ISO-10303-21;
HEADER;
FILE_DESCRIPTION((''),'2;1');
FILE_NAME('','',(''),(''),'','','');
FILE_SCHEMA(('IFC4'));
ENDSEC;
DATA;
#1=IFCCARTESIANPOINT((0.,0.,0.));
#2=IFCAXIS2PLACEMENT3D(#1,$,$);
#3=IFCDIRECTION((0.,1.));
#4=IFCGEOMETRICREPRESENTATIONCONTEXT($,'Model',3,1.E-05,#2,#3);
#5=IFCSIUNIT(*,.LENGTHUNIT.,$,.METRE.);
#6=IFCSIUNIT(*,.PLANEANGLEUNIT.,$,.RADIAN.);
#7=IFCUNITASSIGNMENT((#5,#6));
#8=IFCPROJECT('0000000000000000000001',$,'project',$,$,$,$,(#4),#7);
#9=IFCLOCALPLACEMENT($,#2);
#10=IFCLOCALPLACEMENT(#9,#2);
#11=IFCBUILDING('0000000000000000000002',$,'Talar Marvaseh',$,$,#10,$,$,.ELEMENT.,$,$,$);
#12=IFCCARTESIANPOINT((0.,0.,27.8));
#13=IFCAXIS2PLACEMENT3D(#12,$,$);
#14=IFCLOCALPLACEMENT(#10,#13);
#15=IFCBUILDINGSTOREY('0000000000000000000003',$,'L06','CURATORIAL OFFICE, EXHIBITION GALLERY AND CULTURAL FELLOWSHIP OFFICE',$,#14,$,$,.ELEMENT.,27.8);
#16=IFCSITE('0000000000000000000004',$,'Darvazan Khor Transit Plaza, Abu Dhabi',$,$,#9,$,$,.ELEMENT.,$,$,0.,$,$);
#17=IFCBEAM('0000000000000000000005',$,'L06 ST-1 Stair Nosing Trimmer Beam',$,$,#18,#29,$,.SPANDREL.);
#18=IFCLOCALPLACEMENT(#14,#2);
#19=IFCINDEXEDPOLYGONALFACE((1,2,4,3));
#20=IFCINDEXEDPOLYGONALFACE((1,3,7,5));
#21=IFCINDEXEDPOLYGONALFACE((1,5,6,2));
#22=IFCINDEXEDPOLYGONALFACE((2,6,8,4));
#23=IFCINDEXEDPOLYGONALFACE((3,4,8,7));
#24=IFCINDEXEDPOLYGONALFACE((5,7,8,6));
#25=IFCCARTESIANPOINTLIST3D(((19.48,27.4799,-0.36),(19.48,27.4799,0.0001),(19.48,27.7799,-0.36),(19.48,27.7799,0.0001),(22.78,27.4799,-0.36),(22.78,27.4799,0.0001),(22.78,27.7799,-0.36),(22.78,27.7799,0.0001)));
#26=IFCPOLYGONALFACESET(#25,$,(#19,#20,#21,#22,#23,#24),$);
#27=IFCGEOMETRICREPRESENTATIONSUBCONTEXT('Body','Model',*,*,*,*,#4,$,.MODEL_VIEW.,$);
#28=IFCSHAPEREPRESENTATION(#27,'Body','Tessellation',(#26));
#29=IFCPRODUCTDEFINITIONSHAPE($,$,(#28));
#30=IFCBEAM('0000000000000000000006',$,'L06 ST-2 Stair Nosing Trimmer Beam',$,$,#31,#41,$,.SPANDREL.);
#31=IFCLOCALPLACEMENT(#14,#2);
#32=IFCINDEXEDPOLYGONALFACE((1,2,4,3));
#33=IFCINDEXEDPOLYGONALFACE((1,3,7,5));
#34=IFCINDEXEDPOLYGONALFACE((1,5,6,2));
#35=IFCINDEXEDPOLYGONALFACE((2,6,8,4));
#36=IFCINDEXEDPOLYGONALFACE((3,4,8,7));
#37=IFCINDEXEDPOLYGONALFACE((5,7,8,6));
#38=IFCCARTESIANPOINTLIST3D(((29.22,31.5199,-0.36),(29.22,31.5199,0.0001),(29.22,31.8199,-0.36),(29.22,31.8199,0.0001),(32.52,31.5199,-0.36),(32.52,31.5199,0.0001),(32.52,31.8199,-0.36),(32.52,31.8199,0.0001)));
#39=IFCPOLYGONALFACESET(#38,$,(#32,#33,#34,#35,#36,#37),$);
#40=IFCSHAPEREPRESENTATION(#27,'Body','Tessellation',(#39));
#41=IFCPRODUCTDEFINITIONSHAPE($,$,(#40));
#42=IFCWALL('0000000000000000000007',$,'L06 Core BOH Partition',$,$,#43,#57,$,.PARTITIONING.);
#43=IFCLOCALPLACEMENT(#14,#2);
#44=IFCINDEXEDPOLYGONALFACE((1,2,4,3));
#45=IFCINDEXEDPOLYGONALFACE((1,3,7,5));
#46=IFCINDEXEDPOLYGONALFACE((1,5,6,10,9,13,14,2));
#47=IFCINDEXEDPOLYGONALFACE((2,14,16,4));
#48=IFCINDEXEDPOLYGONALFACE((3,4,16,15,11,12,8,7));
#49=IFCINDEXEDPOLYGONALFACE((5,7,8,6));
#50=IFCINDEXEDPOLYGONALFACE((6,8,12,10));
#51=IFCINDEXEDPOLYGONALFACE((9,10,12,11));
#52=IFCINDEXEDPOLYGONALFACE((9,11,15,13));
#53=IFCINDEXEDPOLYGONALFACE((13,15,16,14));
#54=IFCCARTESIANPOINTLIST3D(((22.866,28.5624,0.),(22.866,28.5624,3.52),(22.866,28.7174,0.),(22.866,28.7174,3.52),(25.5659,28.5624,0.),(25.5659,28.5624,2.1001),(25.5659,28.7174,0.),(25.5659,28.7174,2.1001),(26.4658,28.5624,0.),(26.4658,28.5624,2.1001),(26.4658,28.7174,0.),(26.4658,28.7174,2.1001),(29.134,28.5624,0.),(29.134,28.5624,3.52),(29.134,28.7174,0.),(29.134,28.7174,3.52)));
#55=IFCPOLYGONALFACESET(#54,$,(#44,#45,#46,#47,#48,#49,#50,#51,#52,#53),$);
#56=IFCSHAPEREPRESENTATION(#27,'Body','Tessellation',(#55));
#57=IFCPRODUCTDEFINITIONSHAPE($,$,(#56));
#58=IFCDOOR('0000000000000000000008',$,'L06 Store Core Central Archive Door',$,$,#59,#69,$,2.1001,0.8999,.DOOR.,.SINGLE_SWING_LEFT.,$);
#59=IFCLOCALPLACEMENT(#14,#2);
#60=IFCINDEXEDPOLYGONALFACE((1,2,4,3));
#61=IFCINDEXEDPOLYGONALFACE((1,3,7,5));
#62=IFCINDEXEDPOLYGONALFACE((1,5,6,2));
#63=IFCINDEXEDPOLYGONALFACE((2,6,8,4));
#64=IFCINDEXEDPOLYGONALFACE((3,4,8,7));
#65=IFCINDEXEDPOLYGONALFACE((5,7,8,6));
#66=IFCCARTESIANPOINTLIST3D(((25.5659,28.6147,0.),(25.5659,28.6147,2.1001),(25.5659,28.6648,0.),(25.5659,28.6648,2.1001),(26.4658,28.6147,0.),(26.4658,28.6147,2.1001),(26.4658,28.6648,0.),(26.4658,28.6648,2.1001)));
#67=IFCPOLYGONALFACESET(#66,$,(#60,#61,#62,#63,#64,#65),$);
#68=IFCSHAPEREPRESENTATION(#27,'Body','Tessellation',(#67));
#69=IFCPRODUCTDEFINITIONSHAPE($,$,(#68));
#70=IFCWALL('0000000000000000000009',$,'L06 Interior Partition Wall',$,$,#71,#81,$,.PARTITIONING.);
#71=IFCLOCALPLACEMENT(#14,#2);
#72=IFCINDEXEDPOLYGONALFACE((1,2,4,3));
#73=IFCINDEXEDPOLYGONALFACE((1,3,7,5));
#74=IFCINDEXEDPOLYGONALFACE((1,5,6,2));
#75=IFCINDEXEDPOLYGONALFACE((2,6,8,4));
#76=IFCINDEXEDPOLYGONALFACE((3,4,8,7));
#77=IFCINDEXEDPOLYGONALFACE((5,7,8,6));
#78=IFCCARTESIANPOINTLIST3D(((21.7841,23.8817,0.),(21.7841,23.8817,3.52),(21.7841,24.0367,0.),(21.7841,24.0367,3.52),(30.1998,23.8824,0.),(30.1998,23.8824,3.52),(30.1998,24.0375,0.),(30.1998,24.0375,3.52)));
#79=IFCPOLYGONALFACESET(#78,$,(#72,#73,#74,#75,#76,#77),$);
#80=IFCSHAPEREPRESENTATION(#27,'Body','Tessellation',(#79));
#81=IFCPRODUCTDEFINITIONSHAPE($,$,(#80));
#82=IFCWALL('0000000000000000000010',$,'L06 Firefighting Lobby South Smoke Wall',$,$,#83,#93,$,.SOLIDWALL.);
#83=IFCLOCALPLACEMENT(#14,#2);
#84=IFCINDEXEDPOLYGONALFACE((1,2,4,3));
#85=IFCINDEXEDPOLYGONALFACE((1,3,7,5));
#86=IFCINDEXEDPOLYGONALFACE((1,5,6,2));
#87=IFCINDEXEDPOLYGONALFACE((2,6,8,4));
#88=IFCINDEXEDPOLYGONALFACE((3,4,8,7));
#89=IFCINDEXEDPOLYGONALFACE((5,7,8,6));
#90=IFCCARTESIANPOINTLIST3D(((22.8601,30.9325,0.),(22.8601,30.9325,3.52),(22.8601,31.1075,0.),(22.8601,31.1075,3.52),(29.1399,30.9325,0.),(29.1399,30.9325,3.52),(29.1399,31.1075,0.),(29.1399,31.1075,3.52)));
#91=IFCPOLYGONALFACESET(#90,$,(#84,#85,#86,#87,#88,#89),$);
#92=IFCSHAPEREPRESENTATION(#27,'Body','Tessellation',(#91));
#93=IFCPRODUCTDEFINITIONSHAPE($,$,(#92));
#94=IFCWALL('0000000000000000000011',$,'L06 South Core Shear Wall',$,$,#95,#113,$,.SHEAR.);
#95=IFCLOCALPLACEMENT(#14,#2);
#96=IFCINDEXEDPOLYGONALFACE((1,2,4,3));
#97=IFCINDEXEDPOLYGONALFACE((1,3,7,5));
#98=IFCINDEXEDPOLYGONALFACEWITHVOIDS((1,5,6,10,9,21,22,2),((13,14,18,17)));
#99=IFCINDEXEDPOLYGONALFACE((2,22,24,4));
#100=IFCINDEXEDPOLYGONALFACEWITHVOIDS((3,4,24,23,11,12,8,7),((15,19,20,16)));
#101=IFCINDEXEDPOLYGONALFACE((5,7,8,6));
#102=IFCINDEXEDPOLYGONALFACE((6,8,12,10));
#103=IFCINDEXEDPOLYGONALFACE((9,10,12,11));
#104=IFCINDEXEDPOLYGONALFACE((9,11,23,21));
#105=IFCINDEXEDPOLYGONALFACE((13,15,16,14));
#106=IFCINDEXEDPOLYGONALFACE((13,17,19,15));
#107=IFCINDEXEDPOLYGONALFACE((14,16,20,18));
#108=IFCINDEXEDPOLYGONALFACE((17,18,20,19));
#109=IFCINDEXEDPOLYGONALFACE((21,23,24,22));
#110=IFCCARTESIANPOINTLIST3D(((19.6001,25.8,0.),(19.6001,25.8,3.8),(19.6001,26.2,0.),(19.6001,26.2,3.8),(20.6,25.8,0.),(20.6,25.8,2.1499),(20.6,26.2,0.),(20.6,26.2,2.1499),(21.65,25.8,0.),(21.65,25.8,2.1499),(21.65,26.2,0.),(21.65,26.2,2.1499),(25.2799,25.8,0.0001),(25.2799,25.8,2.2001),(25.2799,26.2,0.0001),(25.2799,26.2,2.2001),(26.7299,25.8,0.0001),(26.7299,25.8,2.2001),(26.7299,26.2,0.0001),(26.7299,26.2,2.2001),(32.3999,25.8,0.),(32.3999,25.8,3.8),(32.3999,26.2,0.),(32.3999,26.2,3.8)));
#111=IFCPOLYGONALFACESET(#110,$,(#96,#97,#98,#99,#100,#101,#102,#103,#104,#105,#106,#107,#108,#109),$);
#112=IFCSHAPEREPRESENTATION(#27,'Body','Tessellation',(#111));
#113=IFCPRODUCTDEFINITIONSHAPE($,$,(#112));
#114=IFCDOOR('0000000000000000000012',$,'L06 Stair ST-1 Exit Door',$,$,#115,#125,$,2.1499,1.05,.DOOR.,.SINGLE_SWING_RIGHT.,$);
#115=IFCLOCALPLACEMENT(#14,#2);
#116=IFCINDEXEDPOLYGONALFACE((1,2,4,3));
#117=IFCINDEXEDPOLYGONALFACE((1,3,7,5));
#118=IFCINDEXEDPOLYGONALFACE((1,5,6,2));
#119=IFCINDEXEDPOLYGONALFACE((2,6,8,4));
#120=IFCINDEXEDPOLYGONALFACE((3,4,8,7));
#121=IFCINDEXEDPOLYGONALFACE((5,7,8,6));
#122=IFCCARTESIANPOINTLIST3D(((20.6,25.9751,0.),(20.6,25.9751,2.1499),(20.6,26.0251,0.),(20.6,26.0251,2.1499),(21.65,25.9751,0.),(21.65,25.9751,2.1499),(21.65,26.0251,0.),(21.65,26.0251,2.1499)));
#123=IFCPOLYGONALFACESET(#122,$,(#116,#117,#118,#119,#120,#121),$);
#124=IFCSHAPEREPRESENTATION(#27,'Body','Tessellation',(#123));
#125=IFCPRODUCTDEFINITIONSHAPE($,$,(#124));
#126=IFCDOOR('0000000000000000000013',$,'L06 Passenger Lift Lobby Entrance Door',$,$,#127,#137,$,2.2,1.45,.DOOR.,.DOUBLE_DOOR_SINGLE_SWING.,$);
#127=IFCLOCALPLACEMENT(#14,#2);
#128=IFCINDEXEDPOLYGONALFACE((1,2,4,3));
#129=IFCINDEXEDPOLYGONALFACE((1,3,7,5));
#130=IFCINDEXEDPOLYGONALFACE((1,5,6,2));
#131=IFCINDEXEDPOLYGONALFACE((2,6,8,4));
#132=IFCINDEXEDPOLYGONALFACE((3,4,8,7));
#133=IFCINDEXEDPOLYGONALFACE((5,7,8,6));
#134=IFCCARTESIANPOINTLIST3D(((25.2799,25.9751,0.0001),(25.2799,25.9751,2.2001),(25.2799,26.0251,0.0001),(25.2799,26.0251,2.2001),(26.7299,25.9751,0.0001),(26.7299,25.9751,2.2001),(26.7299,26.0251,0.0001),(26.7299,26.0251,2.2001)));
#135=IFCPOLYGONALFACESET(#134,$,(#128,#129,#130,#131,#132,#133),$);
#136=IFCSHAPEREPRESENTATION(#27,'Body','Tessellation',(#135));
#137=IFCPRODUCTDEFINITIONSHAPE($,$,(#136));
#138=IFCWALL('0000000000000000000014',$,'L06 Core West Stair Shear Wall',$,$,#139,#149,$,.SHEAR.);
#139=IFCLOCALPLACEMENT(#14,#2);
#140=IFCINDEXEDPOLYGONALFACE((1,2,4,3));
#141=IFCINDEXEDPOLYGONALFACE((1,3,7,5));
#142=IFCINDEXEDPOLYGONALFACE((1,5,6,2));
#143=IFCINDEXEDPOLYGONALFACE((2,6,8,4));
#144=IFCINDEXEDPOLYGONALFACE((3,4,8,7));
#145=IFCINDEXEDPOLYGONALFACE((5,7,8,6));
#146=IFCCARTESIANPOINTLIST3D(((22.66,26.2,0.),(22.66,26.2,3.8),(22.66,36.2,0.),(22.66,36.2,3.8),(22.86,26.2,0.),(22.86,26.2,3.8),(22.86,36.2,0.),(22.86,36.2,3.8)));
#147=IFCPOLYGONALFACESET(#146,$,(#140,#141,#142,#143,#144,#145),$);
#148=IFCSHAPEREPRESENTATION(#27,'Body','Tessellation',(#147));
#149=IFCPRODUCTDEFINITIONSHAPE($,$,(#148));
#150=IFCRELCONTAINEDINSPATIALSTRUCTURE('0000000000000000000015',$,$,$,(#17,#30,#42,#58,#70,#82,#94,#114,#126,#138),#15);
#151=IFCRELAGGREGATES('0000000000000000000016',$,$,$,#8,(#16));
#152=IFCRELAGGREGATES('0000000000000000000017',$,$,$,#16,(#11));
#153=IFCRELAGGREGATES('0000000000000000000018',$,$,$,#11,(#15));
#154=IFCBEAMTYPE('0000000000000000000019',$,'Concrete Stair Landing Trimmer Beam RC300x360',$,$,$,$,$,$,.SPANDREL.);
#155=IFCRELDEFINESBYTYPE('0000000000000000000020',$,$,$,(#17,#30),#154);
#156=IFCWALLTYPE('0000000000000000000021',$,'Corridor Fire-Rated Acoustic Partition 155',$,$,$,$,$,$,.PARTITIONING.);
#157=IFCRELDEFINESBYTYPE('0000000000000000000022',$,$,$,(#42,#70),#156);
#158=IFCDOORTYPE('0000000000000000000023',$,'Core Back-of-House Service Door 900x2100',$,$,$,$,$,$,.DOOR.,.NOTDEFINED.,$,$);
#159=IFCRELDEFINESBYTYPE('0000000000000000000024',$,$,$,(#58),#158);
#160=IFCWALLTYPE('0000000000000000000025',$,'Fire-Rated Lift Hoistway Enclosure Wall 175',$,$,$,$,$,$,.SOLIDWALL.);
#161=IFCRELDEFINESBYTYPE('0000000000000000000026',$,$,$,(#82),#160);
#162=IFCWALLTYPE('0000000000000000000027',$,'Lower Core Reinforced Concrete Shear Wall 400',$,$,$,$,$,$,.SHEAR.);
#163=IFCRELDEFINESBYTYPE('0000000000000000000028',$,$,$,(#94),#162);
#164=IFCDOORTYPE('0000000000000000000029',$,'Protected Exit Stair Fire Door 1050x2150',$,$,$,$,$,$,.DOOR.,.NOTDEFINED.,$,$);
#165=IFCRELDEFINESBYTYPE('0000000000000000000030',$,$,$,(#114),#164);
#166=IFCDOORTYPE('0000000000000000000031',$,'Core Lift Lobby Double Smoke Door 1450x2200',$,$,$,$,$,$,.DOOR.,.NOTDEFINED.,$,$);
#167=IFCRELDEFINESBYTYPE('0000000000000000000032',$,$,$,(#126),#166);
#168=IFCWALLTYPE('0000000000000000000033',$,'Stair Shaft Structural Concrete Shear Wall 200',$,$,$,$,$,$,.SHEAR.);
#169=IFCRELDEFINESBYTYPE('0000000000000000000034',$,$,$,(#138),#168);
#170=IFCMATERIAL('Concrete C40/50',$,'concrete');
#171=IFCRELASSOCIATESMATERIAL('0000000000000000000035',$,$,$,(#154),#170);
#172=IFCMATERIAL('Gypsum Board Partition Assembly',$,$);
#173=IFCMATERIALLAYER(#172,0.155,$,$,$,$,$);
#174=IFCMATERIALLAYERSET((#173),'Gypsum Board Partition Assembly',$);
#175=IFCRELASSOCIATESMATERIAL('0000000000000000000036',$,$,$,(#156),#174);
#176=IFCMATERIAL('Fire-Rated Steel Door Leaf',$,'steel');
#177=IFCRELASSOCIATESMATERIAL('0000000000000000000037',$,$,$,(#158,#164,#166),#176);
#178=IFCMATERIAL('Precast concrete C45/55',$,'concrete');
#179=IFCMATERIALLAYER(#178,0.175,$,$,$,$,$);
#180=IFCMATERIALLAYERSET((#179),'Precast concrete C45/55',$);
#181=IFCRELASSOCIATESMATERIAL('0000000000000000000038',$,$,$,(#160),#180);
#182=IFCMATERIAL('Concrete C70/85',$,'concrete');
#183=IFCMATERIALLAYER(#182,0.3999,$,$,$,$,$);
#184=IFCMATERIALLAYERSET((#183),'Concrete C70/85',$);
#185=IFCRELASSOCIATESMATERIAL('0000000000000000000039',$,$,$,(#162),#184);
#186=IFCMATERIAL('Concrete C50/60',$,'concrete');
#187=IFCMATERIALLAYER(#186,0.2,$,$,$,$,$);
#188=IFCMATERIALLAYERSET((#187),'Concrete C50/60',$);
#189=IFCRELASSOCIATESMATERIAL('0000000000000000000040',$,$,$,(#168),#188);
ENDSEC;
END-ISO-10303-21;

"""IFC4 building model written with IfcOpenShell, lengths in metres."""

from ifc_helpers import new_model, si_unit, direction, frame, frame_2d, origin, origin_2d, place, context, subcontext, project, spatial, rectangle, extrude, source, transform, mapped, material, layer, layer_set, material_profile, profile_set, type_object, type_shapes, element, fill, save


model = new_model("IFC4")

# Units and contexts
model_context = context("Model", 3, precision=1e-05, world=origin(), true_north=direction((0.0, 1.0)))
body_context = subcontext(model_context, "Body", "Model", "MODEL_VIEW")
ifc_project = project(units=[si_unit("LENGTHUNIT", "METRE"), si_unit("PLANEANGLEUNIT", "RADIAN")], contexts=[model_context])

# Site, building, storey
site_placement = place(None, origin())
site = spatial("IfcSite", under=ifc_project, at=site_placement, Name="Darvazan Khor Transit Plaza, Abu Dhabi", CompositionType="ELEMENT", RefElevation=0.0)
building_placement = place(site_placement, origin())
building = spatial("IfcBuilding", under=site, at=building_placement, Name="Talar Marvaseh", CompositionType="ELEMENT")
storey_placement = place(building_placement, frame((0.0, 0.0, 27.8)))
storey = spatial("IfcBuildingStorey", under=building, at=storey_placement, Name="L06", Description="CURATORIAL OFFICE, EXHIBITION GALLERY AND CULTURAL FELLOWSHIP OFFICE", CompositionType="ELEMENT", Elevation=27.8)

# Beams
ifc_material_1 = material(Name="Concrete C40/50", Category="concrete")
ifc_material_profile = material_profile(ifc_material_1, rectangle(XDim=0.3, YDim=0.3601, at=origin_2d()), Name="RC300x360")
ifc_profile_set = profile_set([ifc_material_profile], Name="Concrete C40/50")
beam_type = type_object("IfcBeamType", Name="Concrete Stair Landing Trimmer Beam RC300x360", PredefinedType="SPANDREL", material=ifc_profile_set)
for number, where, z_axis, x_axis, name in (
    (1, (22.78, 27.6299, -0.1799), (-1.0, 0.0, 0.0), (0.0, -1.0, 0.0), "L06 ST-1 Stair Nosing Trimmer Beam"),
    (2, (29.22, 31.6699, -0.1799), (1.0, 0.0, 0.0), (0.0, 1.0, 0.0), "L06 ST-2 Stair Nosing Trimmer Beam"),
):
    element("IfcBeam", number, at=place(storey_placement, frame(where, z_axis=z_axis, x_axis=x_axis)), inside=storey, type_object=beam_type, Name=name, PredefinedType="SPANDREL", context=body_context, shape_type="SweptSolid", body=[
        extrude(rectangle(XDim=0.3, YDim=0.3601, at=origin_2d()), origin(), (0.0, 0.0, 1.0), 3.3),
    ])

# Wall, opening, door
ifc_material_2 = material(Name="Gypsum Board Partition Assembly")
ifc_layer_1 = layer(ifc_material_2, 0.155)
ifc_layer_set_1 = layer_set([ifc_layer_1], Name="Gypsum Board Partition Assembly")
wall_type_1 = type_object("IfcWallType", Name="Corridor Fire-Rated Acoustic Partition 155", PredefinedType="PARTITIONING", material=ifc_layer_set_1)
wall_1_placement = place(storey_placement, frame((22.866, 28.6399, 0.0), z_axis=(0.0, 0.0, 1.0), x_axis=(1.0, 0.0, 0.0)))
wall_1 = element("IfcWall", 3, at=wall_1_placement, inside=storey, type_object=wall_type_1, Name="L06 Core BOH Partition", PredefinedType="PARTITIONING", context=body_context, shape_type="SweptSolid", body=[
    extrude(rectangle(XDim=6.2681, YDim=0.155, at=frame_2d((3.134, 0.0))), origin(), (0.0, 0.0, 1.0), 3.52),
])
opening_1_placement = place(wall_1_placement, frame((2.7, 0.0, 0.0)))
opening_1 = element("IfcOpeningElement", 4, at=opening_1_placement, cuts=wall_1, PredefinedType="OPENING", context=body_context, shape_type="SweptSolid", body=[
    extrude(rectangle(XDim=0.8999, YDim=2.1001, at=frame_2d((0.45, 1.05))), frame((0.0, 0.0874, 0.0), z_axis=(0.0, -1.0, 0.0), x_axis=(1.0, 0.0, 0.0)), (0.0, 0.0, 1.0), 0.175),
])
ifc_material_3 = material(Name="Fire-Rated Steel Door Leaf", Category="steel")
door_type_1 = type_object("IfcDoorType", Name="Core Back-of-House Service Door 900x2100", OperationType="NOTDEFINED", PredefinedType="DOOR", material=ifc_material_3)
shared_shape_1 = source(origin(), body_context, "Body", "SweptSolid", [
    extrude(rectangle(XDim=0.8999, YDim=2.1001, at=frame_2d((0.45, 1.05))), frame((0.0, 0.0249, 0.0), z_axis=(0.0, -1.0, 0.0), x_axis=(1.0, 0.0, 0.0)), (0.0, 0.0, 1.0), 0.05),
])
type_shapes(door_type_1, [shared_shape_1])
door_1_placement = place(opening_1_placement, origin())
door_1 = element("IfcDoor", 5, at=door_1_placement, inside=storey, type_object=door_type_1, Name="L06 Store Core Central Archive Door", OperationType="SINGLE_SWING_LEFT", OverallHeight=2.1001, OverallWidth=0.8999, PredefinedType="DOOR", context=body_context, shape_type="MappedRepresentation", body=[
    mapped(shared_shape_1, transform((0.0, 0.0, 0.0), x_axis=(1.0, 0.0, 0.0), y_axis=(0.0, 1.0, 0.0), z_axis=(0.0, 0.0, 1.0), scale=1.0)),
])
fill(opening_1, door_1)

# Walls
wall_2_placement = place(storey_placement, frame((30.2, 23.96, 0.0), z_axis=(0.0, 0.0, 1.0), x_axis=(-1.0, -0.000087, 0.0)))
element("IfcWall", 6, at=wall_2_placement, inside=storey, type_object=wall_type_1, Name="L06 Interior Partition Wall", PredefinedType="PARTITIONING", context=body_context, shape_type="SweptSolid", body=[
    extrude(rectangle(XDim=8.4158, YDim=0.155, at=frame_2d((4.208, 0.0))), origin(), (0.0, 0.0, 1.0), 3.52),
])
ifc_material_4 = material(Name="Precast concrete C45/55", Category="concrete")
ifc_layer_2 = layer(ifc_material_4, 0.175)
ifc_layer_set_2 = layer_set([ifc_layer_2], Name="Precast concrete C45/55")
wall_type_2 = type_object("IfcWallType", Name="Fire-Rated Lift Hoistway Enclosure Wall 175", PredefinedType="SOLIDWALL", material=ifc_layer_set_2)
wall_3_placement = place(storey_placement, frame((22.8601, 31.02, 0.0), z_axis=(0.0, 0.0, 1.0), x_axis=(1.0, 0.0, 0.0)))
element("IfcWall", 7, at=wall_3_placement, inside=storey, type_object=wall_type_2, Name="L06 Firefighting Lobby South Smoke Wall", PredefinedType="SOLIDWALL", context=body_context, shape_type="SweptSolid", body=[
    extrude(rectangle(XDim=6.2798, YDim=0.175, at=frame_2d((3.1399, 0.0))), origin(), (0.0, 0.0, 1.0), 3.52),
])

# Wall, openings, doors
ifc_material_5 = material(Name="Concrete C70/85", Category="concrete")
ifc_layer_3 = layer(ifc_material_5, 0.3999)
ifc_layer_set_3 = layer_set([ifc_layer_3], Name="Concrete C70/85")
wall_type_3 = type_object("IfcWallType", Name="Lower Core Reinforced Concrete Shear Wall 400", PredefinedType="SHEAR", material=ifc_layer_set_3)
wall_4_placement = place(storey_placement, frame((32.3999, 26.0, 0.0), z_axis=(0.0, 0.0, 1.0), x_axis=(-1.0, 0.0, 0.0)))
wall_4 = element("IfcWall", 8, at=wall_4_placement, inside=storey, type_object=wall_type_3, Name="L06 South Core Shear Wall", PredefinedType="SHEAR", context=body_context, shape_type="SweptSolid", body=[
    extrude(rectangle(XDim=12.7998, YDim=0.3999, at=frame_2d((6.3999, 0.0))), origin(), (0.0, 0.0, 1.0), 3.8),
])
opening_2_placement = place(wall_4_placement, frame((10.75, 0.0, 0.0)))
opening_2 = element("IfcOpeningElement", 9, at=opening_2_placement, cuts=wall_4, PredefinedType="OPENING", context=body_context, shape_type="SweptSolid", body=[
    extrude(rectangle(XDim=1.05, YDim=2.1499, at=frame_2d((0.5249, 1.075))), frame((0.0, 0.21, 0.0), z_axis=(0.0, -1.0, 0.0), x_axis=(1.0, 0.0, 0.0)), (0.0, 0.0, 1.0), 0.4199),
])
opening_3_placement = place(wall_4_placement, frame((5.6699, 0.0, 0.0)))
opening_3 = element("IfcOpeningElement", 10, at=opening_3_placement, cuts=wall_4, PredefinedType="OPENING", context=body_context, shape_type="SweptSolid", body=[
    extrude(rectangle(XDim=1.45, YDim=2.2, at=frame_2d((0.7251, 1.1001))), frame((0.0, 0.21, 0.0), z_axis=(0.0, -1.0, 0.0), x_axis=(1.0, 0.0, 0.0)), (0.0, 0.0, 1.0), 0.4199),
])
door_type_2 = type_object("IfcDoorType", Name="Protected Exit Stair Fire Door 1050x2150", OperationType="NOTDEFINED", PredefinedType="DOOR", material=ifc_material_3)
shared_shape_2 = source(origin(), body_context, "Body", "SweptSolid", [
    extrude(rectangle(XDim=1.05, YDim=2.1499, at=frame_2d((0.5249, 1.075))), frame((0.0, 0.0249, 0.0), z_axis=(0.0, -1.0, 0.0), x_axis=(1.0, 0.0, 0.0)), (0.0, 0.0, 1.0), 0.05),
])
type_shapes(door_type_2, [shared_shape_2])
door_2_placement = place(opening_2_placement, origin())
door_2 = element("IfcDoor", 11, at=door_2_placement, inside=storey, type_object=door_type_2, Name="L06 Stair ST-1 Exit Door", OperationType="SINGLE_SWING_RIGHT", OverallHeight=2.1499, OverallWidth=1.05, PredefinedType="DOOR", context=body_context, shape_type="MappedRepresentation", body=[
    mapped(shared_shape_2, transform((0.0, 0.0, 0.0), x_axis=(1.0, 0.0, 0.0), y_axis=(0.0, 1.0, 0.0), z_axis=(0.0, 0.0, 1.0), scale=1.0)),
])
fill(opening_2, door_2)
door_type_3 = type_object("IfcDoorType", Name="Core Lift Lobby Double Smoke Door 1450x2200", OperationType="NOTDEFINED", PredefinedType="DOOR", material=ifc_material_3)
shared_shape_3 = source(origin(), body_context, "Body", "SweptSolid", [
    extrude(rectangle(XDim=1.45, YDim=2.2, at=frame_2d((0.7251, 1.1001))), frame((0.0, 0.0249, 0.0), z_axis=(0.0, -1.0, 0.0), x_axis=(1.0, 0.0, 0.0)), (0.0, 0.0, 1.0), 0.05),
])
type_shapes(door_type_3, [shared_shape_3])
door_3_placement = place(opening_3_placement, origin())
door_3 = element("IfcDoor", 12, at=door_3_placement, inside=storey, type_object=door_type_3, Name="L06 Passenger Lift Lobby Entrance Door", OperationType="DOUBLE_DOOR_SINGLE_SWING", OverallHeight=2.2, OverallWidth=1.45, PredefinedType="DOOR", context=body_context, shape_type="MappedRepresentation", body=[
    mapped(shared_shape_3, transform((0.0, 0.0, 0.0), x_axis=(1.0, 0.0, 0.0), y_axis=(0.0, 1.0, 0.0), z_axis=(0.0, 0.0, 1.0), scale=1.0)),
])
fill(opening_3, door_3)

# Wall
ifc_material_6 = material(Name="Concrete C50/60", Category="concrete")
ifc_layer_4 = layer(ifc_material_6, 0.2)
ifc_layer_set_4 = layer_set([ifc_layer_4], Name="Concrete C50/60")
wall_type_4 = type_object("IfcWallType", Name="Stair Shaft Structural Concrete Shear Wall 200", PredefinedType="SHEAR", material=ifc_layer_set_4)
wall_5_placement = place(storey_placement, frame((22.76, 26.2, 0.0), z_axis=(0.0, 0.0, 1.0), x_axis=(0.0, 1.0, 0.0)))
element("IfcWall", 13, at=wall_5_placement, inside=storey, type_object=wall_type_4, Name="L06 Core West Stair Shear Wall", PredefinedType="SHEAR", context=body_context, shape_type="SweptSolid", body=[
    extrude(rectangle(XDim=10.0, YDim=0.2, at=frame_2d((5.0, 0.0))), origin(), (0.0, 0.0, 1.0), 3.8),
])

save(model, "model.ifc")
